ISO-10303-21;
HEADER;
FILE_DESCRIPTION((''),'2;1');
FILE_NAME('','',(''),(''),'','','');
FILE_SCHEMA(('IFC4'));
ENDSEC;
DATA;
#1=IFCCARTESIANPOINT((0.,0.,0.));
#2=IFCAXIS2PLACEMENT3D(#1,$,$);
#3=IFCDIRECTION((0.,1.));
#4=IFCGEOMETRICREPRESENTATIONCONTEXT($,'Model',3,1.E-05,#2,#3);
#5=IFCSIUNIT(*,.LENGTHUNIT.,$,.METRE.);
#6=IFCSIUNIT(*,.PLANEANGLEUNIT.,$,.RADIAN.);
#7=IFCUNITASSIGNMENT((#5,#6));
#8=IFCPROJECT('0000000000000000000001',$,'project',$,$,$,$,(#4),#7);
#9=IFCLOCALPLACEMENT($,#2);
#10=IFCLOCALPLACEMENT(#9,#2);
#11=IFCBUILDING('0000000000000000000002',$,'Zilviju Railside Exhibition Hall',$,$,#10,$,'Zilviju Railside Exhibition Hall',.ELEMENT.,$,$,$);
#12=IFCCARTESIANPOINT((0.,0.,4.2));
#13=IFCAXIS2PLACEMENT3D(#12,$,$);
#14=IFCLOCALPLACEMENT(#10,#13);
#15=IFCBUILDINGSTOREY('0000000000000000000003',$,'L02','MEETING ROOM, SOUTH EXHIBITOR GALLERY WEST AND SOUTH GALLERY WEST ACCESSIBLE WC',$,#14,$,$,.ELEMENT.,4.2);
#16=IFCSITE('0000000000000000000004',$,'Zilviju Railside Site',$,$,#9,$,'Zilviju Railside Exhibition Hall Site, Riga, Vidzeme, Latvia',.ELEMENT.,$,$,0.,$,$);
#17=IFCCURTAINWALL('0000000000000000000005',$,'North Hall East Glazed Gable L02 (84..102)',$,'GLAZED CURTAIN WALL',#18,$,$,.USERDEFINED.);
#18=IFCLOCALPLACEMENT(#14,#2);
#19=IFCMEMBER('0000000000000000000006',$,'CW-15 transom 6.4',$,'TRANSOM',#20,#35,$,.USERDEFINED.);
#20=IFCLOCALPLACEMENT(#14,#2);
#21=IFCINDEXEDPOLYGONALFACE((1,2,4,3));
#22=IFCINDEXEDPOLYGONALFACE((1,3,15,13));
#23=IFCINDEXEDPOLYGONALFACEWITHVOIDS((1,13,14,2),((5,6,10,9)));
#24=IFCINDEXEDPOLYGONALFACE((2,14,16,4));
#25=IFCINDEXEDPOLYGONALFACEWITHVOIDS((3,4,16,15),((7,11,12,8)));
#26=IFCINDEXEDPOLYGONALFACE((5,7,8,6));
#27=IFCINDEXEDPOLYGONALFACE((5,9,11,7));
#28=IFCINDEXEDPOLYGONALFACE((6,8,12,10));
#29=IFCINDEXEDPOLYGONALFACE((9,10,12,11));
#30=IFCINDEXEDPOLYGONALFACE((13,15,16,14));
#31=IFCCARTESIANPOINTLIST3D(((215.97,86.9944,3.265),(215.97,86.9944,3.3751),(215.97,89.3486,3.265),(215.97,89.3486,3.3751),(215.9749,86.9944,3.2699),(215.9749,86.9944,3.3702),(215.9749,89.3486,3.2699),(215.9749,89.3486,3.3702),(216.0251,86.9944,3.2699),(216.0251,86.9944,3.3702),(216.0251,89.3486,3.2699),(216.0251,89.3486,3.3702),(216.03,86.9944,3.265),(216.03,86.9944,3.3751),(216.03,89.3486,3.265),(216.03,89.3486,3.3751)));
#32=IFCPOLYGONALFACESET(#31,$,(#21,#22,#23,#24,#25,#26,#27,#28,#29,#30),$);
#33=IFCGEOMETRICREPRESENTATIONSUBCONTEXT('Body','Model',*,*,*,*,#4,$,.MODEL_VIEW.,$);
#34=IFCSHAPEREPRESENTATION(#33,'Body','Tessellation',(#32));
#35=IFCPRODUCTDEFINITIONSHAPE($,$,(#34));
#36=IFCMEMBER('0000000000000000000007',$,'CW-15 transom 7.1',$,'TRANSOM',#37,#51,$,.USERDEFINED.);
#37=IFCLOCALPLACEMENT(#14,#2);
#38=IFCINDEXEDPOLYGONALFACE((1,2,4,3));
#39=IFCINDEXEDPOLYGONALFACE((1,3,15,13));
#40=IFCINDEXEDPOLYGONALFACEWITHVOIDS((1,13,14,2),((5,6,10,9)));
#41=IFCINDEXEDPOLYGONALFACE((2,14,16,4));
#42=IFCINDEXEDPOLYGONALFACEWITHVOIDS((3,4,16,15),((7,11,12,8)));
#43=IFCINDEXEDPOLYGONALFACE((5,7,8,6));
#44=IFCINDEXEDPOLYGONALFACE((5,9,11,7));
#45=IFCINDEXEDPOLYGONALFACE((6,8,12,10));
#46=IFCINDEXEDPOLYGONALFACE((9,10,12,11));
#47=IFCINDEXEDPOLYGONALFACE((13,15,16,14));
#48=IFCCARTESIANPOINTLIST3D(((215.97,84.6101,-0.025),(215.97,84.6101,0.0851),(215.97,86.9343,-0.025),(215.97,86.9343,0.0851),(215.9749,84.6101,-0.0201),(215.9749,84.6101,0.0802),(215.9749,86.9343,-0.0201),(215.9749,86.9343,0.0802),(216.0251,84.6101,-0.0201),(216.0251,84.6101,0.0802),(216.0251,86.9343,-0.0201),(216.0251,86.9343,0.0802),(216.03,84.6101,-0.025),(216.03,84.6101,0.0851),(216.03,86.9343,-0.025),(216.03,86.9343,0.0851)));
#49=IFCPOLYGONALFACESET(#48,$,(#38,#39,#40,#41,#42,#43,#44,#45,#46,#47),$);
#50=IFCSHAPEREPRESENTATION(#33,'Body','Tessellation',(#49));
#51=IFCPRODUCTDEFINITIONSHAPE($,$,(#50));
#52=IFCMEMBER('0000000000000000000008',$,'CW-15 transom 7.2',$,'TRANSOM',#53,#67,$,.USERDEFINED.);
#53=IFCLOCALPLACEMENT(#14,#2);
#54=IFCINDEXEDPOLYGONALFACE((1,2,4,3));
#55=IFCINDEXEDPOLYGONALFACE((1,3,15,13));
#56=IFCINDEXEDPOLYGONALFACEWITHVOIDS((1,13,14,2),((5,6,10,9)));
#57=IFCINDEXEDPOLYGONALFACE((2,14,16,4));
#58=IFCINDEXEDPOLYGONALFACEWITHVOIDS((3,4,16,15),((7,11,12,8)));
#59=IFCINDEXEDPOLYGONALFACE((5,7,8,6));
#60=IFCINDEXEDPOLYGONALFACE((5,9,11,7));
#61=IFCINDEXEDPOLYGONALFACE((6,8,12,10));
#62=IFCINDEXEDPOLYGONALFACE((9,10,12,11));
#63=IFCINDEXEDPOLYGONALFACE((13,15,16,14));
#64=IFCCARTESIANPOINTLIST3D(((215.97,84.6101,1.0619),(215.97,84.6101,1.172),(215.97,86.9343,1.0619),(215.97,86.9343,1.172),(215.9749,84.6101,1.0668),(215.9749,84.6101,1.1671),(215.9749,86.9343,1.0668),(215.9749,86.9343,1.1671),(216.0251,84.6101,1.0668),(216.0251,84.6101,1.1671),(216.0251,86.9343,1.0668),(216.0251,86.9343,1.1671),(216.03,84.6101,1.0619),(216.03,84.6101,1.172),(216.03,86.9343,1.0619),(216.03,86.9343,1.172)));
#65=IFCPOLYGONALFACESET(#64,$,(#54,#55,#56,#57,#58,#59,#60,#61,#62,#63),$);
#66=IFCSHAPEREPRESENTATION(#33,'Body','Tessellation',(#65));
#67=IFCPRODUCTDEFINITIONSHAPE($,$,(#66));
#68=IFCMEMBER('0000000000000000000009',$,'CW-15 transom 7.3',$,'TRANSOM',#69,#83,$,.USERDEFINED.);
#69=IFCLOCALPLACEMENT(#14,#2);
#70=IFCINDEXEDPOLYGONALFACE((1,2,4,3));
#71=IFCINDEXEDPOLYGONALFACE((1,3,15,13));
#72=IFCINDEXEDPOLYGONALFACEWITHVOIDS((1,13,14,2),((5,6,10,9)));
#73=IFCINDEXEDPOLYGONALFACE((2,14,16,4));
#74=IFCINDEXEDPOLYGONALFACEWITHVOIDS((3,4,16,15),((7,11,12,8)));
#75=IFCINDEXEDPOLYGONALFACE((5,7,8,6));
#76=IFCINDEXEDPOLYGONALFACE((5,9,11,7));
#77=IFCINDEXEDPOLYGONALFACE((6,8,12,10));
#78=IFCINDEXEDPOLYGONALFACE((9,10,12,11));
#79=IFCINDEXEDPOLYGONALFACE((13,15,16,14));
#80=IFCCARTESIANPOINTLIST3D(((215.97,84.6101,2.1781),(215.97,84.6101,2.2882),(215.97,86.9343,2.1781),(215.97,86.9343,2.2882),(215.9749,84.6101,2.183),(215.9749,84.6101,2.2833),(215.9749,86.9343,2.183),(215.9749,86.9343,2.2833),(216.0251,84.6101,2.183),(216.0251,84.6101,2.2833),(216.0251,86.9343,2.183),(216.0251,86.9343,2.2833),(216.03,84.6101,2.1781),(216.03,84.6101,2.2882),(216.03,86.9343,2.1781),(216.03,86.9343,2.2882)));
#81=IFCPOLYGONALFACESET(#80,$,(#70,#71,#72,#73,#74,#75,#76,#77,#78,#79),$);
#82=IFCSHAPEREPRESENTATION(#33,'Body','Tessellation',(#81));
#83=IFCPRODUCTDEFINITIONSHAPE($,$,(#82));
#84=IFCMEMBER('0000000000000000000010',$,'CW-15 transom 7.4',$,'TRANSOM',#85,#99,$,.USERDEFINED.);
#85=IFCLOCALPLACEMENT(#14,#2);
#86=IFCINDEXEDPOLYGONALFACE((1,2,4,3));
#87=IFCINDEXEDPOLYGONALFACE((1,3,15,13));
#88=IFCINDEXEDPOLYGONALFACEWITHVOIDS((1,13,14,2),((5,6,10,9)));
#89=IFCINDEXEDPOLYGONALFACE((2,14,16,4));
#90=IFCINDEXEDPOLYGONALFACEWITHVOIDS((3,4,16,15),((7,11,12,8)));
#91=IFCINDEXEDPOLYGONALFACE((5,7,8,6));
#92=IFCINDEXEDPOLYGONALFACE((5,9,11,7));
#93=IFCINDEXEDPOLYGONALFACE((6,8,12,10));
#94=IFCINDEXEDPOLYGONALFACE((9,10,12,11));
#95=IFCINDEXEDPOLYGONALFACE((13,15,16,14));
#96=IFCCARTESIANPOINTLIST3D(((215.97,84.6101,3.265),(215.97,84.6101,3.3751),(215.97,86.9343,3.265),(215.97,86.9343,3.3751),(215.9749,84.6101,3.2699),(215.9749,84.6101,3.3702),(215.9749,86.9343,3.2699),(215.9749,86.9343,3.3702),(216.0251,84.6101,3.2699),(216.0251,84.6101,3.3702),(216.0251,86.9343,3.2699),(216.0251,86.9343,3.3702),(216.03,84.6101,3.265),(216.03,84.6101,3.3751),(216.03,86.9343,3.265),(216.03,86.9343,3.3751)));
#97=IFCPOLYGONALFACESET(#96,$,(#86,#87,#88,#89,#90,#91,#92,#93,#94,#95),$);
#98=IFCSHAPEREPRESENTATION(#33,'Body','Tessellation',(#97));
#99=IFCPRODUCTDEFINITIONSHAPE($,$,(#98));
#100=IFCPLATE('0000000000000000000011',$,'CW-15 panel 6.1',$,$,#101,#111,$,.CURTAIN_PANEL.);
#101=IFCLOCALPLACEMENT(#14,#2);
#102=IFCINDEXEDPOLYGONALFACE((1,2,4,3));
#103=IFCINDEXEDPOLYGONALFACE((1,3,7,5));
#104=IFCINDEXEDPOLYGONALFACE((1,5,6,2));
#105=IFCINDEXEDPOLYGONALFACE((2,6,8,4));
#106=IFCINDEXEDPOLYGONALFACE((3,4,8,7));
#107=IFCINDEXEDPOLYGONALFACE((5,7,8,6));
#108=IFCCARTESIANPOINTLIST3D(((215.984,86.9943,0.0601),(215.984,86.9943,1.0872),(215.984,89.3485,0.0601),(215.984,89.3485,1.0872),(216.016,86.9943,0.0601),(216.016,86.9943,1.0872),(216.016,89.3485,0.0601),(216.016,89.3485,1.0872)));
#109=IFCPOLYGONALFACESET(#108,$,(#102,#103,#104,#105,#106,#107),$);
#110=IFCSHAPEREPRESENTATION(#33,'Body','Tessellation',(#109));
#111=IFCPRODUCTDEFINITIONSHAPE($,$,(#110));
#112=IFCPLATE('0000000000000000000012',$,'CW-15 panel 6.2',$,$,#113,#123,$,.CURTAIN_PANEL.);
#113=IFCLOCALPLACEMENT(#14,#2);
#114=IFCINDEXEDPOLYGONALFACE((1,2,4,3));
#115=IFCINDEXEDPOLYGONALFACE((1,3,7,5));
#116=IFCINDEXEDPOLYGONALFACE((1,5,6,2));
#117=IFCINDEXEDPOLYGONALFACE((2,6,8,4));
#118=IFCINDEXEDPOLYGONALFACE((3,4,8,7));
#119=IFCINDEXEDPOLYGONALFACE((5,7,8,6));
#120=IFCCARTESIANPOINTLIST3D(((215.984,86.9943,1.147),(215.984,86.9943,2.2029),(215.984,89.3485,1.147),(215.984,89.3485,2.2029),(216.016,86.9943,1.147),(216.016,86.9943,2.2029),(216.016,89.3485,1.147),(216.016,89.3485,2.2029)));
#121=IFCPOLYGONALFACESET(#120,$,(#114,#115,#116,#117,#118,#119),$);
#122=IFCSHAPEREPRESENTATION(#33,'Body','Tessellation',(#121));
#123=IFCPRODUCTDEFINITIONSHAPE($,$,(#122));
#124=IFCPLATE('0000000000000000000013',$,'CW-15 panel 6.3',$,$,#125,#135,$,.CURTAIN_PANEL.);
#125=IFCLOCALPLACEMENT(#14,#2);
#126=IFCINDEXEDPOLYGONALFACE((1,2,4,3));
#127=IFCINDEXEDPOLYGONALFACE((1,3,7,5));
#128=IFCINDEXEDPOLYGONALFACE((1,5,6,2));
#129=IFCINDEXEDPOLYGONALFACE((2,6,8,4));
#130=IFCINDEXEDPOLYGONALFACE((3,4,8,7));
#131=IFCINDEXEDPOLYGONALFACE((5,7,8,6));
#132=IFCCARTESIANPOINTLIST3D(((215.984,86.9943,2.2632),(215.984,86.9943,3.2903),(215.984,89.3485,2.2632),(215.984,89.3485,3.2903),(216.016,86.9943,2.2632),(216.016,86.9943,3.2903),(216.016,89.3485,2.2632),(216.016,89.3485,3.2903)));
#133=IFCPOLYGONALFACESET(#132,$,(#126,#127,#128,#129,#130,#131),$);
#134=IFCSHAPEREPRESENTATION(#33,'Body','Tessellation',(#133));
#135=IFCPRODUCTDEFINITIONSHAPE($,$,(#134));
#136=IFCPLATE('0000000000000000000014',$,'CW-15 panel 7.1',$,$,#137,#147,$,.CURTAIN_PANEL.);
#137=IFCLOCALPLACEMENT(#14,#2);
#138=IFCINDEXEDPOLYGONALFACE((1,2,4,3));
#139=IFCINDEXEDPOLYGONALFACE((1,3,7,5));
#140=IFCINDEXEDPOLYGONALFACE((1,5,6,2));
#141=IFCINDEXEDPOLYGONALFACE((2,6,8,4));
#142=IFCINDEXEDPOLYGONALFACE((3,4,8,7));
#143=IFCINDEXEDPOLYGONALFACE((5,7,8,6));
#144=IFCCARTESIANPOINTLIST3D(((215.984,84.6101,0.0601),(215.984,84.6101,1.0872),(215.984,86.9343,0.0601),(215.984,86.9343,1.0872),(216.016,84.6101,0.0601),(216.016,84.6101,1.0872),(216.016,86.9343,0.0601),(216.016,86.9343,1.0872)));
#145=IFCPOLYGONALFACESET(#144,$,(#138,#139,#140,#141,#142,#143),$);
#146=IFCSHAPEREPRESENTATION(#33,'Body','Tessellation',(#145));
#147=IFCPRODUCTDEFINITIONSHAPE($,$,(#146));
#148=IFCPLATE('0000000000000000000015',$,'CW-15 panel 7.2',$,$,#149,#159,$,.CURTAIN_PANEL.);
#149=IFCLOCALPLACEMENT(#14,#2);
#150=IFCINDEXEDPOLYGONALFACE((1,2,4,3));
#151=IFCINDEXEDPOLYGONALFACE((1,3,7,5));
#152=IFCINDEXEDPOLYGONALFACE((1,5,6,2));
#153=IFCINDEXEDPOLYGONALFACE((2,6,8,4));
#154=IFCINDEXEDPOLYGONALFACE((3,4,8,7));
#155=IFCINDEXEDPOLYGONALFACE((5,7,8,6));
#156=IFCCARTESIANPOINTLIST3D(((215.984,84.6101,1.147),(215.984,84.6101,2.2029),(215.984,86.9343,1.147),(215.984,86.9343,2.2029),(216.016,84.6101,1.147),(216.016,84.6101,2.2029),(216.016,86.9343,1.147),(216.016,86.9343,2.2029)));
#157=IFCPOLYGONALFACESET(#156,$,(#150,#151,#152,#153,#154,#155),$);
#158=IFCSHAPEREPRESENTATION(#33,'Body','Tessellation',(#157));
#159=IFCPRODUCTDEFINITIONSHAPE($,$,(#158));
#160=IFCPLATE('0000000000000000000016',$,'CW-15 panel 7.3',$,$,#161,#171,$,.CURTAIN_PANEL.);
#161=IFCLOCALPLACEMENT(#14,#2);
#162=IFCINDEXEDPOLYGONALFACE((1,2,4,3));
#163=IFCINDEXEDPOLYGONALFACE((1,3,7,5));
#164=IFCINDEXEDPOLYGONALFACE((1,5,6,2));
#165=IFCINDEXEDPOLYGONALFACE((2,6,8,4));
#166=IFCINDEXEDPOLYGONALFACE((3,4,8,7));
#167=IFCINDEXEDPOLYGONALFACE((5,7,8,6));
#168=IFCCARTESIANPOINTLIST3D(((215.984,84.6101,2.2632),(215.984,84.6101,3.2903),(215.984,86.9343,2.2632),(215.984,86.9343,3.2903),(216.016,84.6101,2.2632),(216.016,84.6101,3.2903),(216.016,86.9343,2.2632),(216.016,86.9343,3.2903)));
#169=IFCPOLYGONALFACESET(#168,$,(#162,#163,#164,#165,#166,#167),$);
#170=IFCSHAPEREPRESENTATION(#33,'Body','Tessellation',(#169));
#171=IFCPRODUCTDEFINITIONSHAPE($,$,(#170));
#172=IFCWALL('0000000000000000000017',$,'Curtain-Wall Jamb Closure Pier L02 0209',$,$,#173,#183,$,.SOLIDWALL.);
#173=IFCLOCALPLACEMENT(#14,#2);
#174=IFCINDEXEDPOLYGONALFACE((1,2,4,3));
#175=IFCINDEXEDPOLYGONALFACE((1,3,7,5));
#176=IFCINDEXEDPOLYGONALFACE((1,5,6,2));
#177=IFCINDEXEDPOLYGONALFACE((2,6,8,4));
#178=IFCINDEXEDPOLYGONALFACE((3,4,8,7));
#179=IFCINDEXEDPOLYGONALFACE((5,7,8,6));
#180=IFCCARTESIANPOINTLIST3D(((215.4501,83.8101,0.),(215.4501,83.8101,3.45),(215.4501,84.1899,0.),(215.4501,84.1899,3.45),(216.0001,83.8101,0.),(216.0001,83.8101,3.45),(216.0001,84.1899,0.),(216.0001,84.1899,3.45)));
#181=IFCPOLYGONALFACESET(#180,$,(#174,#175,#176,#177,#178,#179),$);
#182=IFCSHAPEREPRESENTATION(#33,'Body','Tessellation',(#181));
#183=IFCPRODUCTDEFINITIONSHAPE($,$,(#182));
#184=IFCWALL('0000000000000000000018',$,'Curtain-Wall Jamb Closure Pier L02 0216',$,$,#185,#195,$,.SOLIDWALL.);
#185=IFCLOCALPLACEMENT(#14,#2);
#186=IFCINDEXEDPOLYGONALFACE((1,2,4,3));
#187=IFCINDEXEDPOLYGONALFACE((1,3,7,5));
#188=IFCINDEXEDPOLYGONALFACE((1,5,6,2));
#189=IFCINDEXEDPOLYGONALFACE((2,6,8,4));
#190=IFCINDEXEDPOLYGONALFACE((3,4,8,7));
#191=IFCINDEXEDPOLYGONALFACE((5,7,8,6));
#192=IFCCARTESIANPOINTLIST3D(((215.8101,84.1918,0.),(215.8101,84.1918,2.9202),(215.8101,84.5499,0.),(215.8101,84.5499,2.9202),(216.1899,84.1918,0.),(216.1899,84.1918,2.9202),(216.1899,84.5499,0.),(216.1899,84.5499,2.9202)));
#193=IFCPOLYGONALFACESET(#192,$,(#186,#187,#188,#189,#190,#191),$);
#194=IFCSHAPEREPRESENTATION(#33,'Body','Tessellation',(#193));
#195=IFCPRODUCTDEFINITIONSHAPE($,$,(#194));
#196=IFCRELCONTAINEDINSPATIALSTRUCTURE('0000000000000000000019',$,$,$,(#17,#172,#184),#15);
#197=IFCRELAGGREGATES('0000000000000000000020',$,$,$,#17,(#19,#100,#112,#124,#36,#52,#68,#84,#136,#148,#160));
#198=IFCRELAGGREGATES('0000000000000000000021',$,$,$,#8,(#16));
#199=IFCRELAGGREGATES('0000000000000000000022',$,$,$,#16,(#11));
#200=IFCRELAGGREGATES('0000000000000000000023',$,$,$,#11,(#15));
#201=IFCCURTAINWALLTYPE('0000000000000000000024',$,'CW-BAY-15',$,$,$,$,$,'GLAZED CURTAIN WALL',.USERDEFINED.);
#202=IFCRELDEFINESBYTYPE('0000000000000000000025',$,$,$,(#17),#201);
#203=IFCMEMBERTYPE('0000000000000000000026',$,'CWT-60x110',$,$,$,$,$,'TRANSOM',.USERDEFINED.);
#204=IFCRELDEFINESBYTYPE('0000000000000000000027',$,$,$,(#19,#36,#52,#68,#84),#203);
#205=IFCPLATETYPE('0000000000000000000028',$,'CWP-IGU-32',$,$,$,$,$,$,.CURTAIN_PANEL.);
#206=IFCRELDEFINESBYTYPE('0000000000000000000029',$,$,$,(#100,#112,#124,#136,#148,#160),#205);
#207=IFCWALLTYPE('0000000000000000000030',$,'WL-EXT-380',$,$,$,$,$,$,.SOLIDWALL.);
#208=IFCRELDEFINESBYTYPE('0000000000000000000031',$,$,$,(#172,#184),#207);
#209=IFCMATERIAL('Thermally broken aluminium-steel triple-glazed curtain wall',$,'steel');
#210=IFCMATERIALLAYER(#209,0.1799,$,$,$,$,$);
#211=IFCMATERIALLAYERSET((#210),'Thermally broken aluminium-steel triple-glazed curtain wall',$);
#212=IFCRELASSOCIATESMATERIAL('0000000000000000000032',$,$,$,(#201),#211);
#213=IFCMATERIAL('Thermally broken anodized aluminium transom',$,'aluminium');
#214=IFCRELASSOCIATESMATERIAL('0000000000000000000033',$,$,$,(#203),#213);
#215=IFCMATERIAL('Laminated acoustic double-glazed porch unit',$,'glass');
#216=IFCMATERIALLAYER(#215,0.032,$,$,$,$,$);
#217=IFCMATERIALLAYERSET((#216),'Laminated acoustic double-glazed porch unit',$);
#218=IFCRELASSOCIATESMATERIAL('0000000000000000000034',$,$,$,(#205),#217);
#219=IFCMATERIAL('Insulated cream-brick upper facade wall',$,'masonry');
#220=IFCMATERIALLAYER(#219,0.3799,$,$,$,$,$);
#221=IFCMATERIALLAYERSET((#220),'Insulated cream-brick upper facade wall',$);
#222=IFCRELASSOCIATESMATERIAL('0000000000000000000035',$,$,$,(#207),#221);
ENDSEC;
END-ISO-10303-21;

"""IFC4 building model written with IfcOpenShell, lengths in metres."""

from ifc_helpers import new_model, si_unit, direction, frame, frame_2d, origin, origin_2d, place, context, subcontext, project, spatial, rectangle, hollow_rectangle, extrude, material, layer, layer_set, material_profile, profile_set, type_object, element, aggregate, save


model = new_model("IFC4")

# Units and contexts
model_context = context("Model", 3, precision=1e-05, world=origin(), true_north=direction((0.0, 1.0)))
body_context = subcontext(model_context, "Body", "Model", "MODEL_VIEW")
ifc_project = project(units=[si_unit("LENGTHUNIT", "METRE"), si_unit("PLANEANGLEUNIT", "RADIAN")], contexts=[model_context])

# Site, building, storey
site_placement = place(None, origin())
site = spatial("IfcSite", under=ifc_project, at=site_placement, Name="Zilviju Railside Site", LongName="Zilviju Railside Exhibition Hall Site, Riga, Vidzeme, Latvia", CompositionType="ELEMENT", RefElevation=0.0)
building_placement = place(site_placement, origin())
building = spatial("IfcBuilding", under=site, at=building_placement, Name="Zilviju Railside Exhibition Hall", LongName="Zilviju Railside Exhibition Hall", CompositionType="ELEMENT")
storey_placement = place(building_placement, frame((0.0, 0.0, 4.2)))
storey = spatial("IfcBuildingStorey", under=building, at=storey_placement, Name="L02", Description="MEETING ROOM, SOUTH EXHIBITOR GALLERY WEST AND SOUTH GALLERY WEST ACCESSIBLE WC", CompositionType="ELEMENT", Elevation=4.2)

# Shared definitions
ifc_material_1 = material(Name="Thermally broken aluminium-steel triple-glazed curtain wall", Category="steel")

# Curtain wall
ifc_layer_1 = layer(ifc_material_1, 0.1799)
ifc_layer_set_1 = layer_set([ifc_layer_1], Name="Thermally broken aluminium-steel triple-glazed curtain wall")
curtain_wall_type_1 = type_object("IfcCurtainWallType", Name="CW-BAY-15", ElementType="GLAZED CURTAIN WALL", PredefinedType="USERDEFINED", material=ifc_layer_set_1)
curtain_wall_1_placement = place(storey_placement, origin())
curtain_wall_1 = element("IfcCurtainWall", 1, at=curtain_wall_1_placement, inside=storey, type_object=curtain_wall_type_1, Name="North Hall East Glazed Gable L02 (84..102)", ObjectType="GLAZED CURTAIN WALL", PredefinedType="USERDEFINED")

# Members
ifc_material_2 = material(Name="Thermally broken anodized aluminium transom", Category="aluminium")
ifc_material_profile_1 = material_profile(ifc_material_2, hollow_rectangle(XDim=0.0601, YDim=0.1101, WallThickness=0.0049, at=origin_2d()), Name="TRANSOM 110x60x5")
ifc_profile_set_1 = profile_set([ifc_material_profile_1], Name="Thermally broken anodized aluminium transom")
member_type_1 = type_object("IfcMemberType", Name="CWT-60x110", ElementType="TRANSOM", PredefinedType="USERDEFINED", material=ifc_profile_set_1)
member_1_placement = place(storey_placement, frame((216.0, 89.3486, 3.3201), z_axis=(0.0, -1.0, 0.0), x_axis=(1.0, 0.0, 0.0)))
member_1 = element("IfcMember", 2, at=member_1_placement, type_object=member_type_1, Name="CW-15 transom 6.4", ObjectType="TRANSOM", PredefinedType="USERDEFINED", context=body_context, shape_type="SweptSolid", body=[
    extrude(hollow_rectangle(XDim=0.0601, YDim=0.1101, WallThickness=0.0049, at=origin_2d()), origin(), (0.0, 0.0, 1.0), 2.3542),
])
member_2_placement = place(storey_placement, frame((216.0, 86.9343, 0.03), z_axis=(0.0, -1.0, 0.0), x_axis=(1.0, 0.0, 0.0)))
member_2 = element("IfcMember", 3, at=member_2_placement, type_object=member_type_1, Name="CW-15 transom 7.1", ObjectType="TRANSOM", PredefinedType="USERDEFINED", context=body_context, shape_type="SweptSolid", body=[
    extrude(hollow_rectangle(XDim=0.0601, YDim=0.1101, WallThickness=0.0049, at=origin_2d()), origin(), (0.0, 0.0, 1.0), 2.3242),
])
member_3_placement = place(storey_placement, frame((216.0, 86.9343, 1.1169), z_axis=(0.0, -1.0, 0.0), x_axis=(1.0, 0.0, 0.0)))
member_3 = element("IfcMember", 4, at=member_3_placement, type_object=member_type_1, Name="CW-15 transom 7.2", ObjectType="TRANSOM", PredefinedType="USERDEFINED", context=body_context, shape_type="SweptSolid", body=[
    extrude(hollow_rectangle(XDim=0.0601, YDim=0.1101, WallThickness=0.0049, at=origin_2d()), origin(), (0.0, 0.0, 1.0), 2.3242),
])
member_4_placement = place(storey_placement, frame((216.0, 86.9343, 2.2332), z_axis=(0.0, -1.0, 0.0), x_axis=(1.0, 0.0, 0.0)))
member_4 = element("IfcMember", 5, at=member_4_placement, type_object=member_type_1, Name="CW-15 transom 7.3", ObjectType="TRANSOM", PredefinedType="USERDEFINED", context=body_context, shape_type="SweptSolid", body=[
    extrude(hollow_rectangle(XDim=0.0601, YDim=0.1101, WallThickness=0.0049, at=origin_2d()), origin(), (0.0, 0.0, 1.0), 2.3242),
])
member_5_placement = place(storey_placement, frame((216.0, 86.9343, 3.3201), z_axis=(0.0, -1.0, 0.0), x_axis=(1.0, 0.0, 0.0)))
member_5 = element("IfcMember", 6, at=member_5_placement, type_object=member_type_1, Name="CW-15 transom 7.4", ObjectType="TRANSOM", PredefinedType="USERDEFINED", context=body_context, shape_type="SweptSolid", body=[
    extrude(hollow_rectangle(XDim=0.0601, YDim=0.1101, WallThickness=0.0049, at=origin_2d()), origin(), (0.0, 0.0, 1.0), 2.3242),
])

# Plates
ifc_material_3 = material(Name="Laminated acoustic double-glazed porch unit", Category="glass")
ifc_layer_2 = layer(ifc_material_3, 0.032)
ifc_layer_set_2 = layer_set([ifc_layer_2], Name="Laminated acoustic double-glazed porch unit")
plate_type = type_object("IfcPlateType", Name="CWP-IGU-32", PredefinedType="CURTAIN_PANEL", material=ifc_layer_set_2)
plate_1_placement = place(storey_placement, frame((216.0, 88.1714, 0.0601), z_axis=(0.0, 0.0, 1.0), x_axis=(0.0, -1.0, 0.0)))
plate_1 = element("IfcPlate", 7, at=plate_1_placement, type_object=plate_type, Name="CW-15 panel 6.1", PredefinedType="CURTAIN_PANEL", context=body_context, shape_type="SweptSolid", body=[
    extrude(rectangle(XDim=2.3542, YDim=0.032, at=origin_2d()), origin(), (0.0, 0.0, 1.0), 1.0271),
])
plate_2_placement = place(storey_placement, frame((216.0, 88.1714, 1.147), z_axis=(0.0, 0.0, 1.0), x_axis=(0.0, -1.0, 0.0)))
plate_2 = element("IfcPlate", 8, at=plate_2_placement, type_object=plate_type, Name="CW-15 panel 6.2", PredefinedType="CURTAIN_PANEL", context=body_context, shape_type="SweptSolid", body=[
    extrude(rectangle(XDim=2.3542, YDim=0.032, at=origin_2d()), origin(), (0.0, 0.0, 1.0), 1.0559),
])
plate_3_placement = place(storey_placement, frame((216.0, 88.1714, 2.2632), z_axis=(0.0, 0.0, 1.0), x_axis=(0.0, -1.0, 0.0)))
plate_3 = element("IfcPlate", 9, at=plate_3_placement, type_object=plate_type, Name="CW-15 panel 6.3", PredefinedType="CURTAIN_PANEL", context=body_context, shape_type="SweptSolid", body=[
    extrude(rectangle(XDim=2.3542, YDim=0.032, at=origin_2d()), origin(), (0.0, 0.0, 1.0), 1.0271),
])
plate_4_placement = place(storey_placement, frame((216.0, 85.7722, 0.0601), z_axis=(0.0, 0.0, 1.0), x_axis=(0.0, -1.0, 0.0)))
plate_4 = element("IfcPlate", 10, at=plate_4_placement, type_object=plate_type, Name="CW-15 panel 7.1", PredefinedType="CURTAIN_PANEL", context=body_context, shape_type="SweptSolid", body=[
    extrude(rectangle(XDim=2.3242, YDim=0.032, at=origin_2d()), origin(), (0.0, 0.0, 1.0), 1.0271),
])
plate_5_placement = place(storey_placement, frame((216.0, 85.7722, 1.147), z_axis=(0.0, 0.0, 1.0), x_axis=(0.0, -1.0, 0.0)))
plate_5 = element("IfcPlate", 11, at=plate_5_placement, type_object=plate_type, Name="CW-15 panel 7.2", PredefinedType="CURTAIN_PANEL", context=body_context, shape_type="SweptSolid", body=[
    extrude(rectangle(XDim=2.3242, YDim=0.032, at=origin_2d()), origin(), (0.0, 0.0, 1.0), 1.0559),
])
plate_6_placement = place(storey_placement, frame((216.0, 85.7722, 2.2632), z_axis=(0.0, 0.0, 1.0), x_axis=(0.0, -1.0, 0.0)))
plate_6 = element("IfcPlate", 12, at=plate_6_placement, type_object=plate_type, Name="CW-15 panel 7.3", PredefinedType="CURTAIN_PANEL", context=body_context, shape_type="SweptSolid", body=[
    extrude(rectangle(XDim=2.3242, YDim=0.032, at=origin_2d()), origin(), (0.0, 0.0, 1.0), 1.0271),
])
aggregate(curtain_wall_1, [member_1, plate_1, plate_2, plate_3, member_2, member_3, member_4, member_5, plate_4, plate_5, plate_6])

# Walls
ifc_material_4 = material(Name="Insulated cream-brick upper facade wall", Category="masonry")
ifc_layer_3 = layer(ifc_material_4, 0.3799)
ifc_layer_set_3 = layer_set([ifc_layer_3], Name="Insulated cream-brick upper facade wall")
wall_type = type_object("IfcWallType", Name="WL-EXT-380", PredefinedType="SOLIDWALL", material=ifc_layer_set_3)
wall_1_placement = place(storey_placement, frame((216.0, 84.0, 0.0), z_axis=(0.0, 0.0, 1.0), x_axis=(-1.0, 0.0, 0.0)))
element("IfcWall", 13, at=wall_1_placement, inside=storey, type_object=wall_type, Name="Curtain-Wall Jamb Closure Pier L02 0209", PredefinedType="SOLIDWALL", context=body_context, shape_type="SweptSolid", body=[
    extrude(rectangle(XDim=0.55, YDim=0.3799, at=frame_2d((0.2749, 0.0))), origin(), (0.0, 0.0, 1.0), 3.45),
])
wall_2_placement = place(storey_placement, frame((216.0, 84.55, 0.0), z_axis=(0.0, 0.0, 1.0), x_axis=(0.0, -1.0, 0.0)))
element("IfcWall", 14, at=wall_2_placement, inside=storey, type_object=wall_type, Name="Curtain-Wall Jamb Closure Pier L02 0216", PredefinedType="SOLIDWALL", context=body_context, shape_type="SweptSolid", body=[
    extrude(rectangle(XDim=0.3582, YDim=0.3799, at=frame_2d((0.1792, 0.0))), origin(), (0.0, 0.0, 1.0), 2.9202),
])

save(model, "model.ifc")
